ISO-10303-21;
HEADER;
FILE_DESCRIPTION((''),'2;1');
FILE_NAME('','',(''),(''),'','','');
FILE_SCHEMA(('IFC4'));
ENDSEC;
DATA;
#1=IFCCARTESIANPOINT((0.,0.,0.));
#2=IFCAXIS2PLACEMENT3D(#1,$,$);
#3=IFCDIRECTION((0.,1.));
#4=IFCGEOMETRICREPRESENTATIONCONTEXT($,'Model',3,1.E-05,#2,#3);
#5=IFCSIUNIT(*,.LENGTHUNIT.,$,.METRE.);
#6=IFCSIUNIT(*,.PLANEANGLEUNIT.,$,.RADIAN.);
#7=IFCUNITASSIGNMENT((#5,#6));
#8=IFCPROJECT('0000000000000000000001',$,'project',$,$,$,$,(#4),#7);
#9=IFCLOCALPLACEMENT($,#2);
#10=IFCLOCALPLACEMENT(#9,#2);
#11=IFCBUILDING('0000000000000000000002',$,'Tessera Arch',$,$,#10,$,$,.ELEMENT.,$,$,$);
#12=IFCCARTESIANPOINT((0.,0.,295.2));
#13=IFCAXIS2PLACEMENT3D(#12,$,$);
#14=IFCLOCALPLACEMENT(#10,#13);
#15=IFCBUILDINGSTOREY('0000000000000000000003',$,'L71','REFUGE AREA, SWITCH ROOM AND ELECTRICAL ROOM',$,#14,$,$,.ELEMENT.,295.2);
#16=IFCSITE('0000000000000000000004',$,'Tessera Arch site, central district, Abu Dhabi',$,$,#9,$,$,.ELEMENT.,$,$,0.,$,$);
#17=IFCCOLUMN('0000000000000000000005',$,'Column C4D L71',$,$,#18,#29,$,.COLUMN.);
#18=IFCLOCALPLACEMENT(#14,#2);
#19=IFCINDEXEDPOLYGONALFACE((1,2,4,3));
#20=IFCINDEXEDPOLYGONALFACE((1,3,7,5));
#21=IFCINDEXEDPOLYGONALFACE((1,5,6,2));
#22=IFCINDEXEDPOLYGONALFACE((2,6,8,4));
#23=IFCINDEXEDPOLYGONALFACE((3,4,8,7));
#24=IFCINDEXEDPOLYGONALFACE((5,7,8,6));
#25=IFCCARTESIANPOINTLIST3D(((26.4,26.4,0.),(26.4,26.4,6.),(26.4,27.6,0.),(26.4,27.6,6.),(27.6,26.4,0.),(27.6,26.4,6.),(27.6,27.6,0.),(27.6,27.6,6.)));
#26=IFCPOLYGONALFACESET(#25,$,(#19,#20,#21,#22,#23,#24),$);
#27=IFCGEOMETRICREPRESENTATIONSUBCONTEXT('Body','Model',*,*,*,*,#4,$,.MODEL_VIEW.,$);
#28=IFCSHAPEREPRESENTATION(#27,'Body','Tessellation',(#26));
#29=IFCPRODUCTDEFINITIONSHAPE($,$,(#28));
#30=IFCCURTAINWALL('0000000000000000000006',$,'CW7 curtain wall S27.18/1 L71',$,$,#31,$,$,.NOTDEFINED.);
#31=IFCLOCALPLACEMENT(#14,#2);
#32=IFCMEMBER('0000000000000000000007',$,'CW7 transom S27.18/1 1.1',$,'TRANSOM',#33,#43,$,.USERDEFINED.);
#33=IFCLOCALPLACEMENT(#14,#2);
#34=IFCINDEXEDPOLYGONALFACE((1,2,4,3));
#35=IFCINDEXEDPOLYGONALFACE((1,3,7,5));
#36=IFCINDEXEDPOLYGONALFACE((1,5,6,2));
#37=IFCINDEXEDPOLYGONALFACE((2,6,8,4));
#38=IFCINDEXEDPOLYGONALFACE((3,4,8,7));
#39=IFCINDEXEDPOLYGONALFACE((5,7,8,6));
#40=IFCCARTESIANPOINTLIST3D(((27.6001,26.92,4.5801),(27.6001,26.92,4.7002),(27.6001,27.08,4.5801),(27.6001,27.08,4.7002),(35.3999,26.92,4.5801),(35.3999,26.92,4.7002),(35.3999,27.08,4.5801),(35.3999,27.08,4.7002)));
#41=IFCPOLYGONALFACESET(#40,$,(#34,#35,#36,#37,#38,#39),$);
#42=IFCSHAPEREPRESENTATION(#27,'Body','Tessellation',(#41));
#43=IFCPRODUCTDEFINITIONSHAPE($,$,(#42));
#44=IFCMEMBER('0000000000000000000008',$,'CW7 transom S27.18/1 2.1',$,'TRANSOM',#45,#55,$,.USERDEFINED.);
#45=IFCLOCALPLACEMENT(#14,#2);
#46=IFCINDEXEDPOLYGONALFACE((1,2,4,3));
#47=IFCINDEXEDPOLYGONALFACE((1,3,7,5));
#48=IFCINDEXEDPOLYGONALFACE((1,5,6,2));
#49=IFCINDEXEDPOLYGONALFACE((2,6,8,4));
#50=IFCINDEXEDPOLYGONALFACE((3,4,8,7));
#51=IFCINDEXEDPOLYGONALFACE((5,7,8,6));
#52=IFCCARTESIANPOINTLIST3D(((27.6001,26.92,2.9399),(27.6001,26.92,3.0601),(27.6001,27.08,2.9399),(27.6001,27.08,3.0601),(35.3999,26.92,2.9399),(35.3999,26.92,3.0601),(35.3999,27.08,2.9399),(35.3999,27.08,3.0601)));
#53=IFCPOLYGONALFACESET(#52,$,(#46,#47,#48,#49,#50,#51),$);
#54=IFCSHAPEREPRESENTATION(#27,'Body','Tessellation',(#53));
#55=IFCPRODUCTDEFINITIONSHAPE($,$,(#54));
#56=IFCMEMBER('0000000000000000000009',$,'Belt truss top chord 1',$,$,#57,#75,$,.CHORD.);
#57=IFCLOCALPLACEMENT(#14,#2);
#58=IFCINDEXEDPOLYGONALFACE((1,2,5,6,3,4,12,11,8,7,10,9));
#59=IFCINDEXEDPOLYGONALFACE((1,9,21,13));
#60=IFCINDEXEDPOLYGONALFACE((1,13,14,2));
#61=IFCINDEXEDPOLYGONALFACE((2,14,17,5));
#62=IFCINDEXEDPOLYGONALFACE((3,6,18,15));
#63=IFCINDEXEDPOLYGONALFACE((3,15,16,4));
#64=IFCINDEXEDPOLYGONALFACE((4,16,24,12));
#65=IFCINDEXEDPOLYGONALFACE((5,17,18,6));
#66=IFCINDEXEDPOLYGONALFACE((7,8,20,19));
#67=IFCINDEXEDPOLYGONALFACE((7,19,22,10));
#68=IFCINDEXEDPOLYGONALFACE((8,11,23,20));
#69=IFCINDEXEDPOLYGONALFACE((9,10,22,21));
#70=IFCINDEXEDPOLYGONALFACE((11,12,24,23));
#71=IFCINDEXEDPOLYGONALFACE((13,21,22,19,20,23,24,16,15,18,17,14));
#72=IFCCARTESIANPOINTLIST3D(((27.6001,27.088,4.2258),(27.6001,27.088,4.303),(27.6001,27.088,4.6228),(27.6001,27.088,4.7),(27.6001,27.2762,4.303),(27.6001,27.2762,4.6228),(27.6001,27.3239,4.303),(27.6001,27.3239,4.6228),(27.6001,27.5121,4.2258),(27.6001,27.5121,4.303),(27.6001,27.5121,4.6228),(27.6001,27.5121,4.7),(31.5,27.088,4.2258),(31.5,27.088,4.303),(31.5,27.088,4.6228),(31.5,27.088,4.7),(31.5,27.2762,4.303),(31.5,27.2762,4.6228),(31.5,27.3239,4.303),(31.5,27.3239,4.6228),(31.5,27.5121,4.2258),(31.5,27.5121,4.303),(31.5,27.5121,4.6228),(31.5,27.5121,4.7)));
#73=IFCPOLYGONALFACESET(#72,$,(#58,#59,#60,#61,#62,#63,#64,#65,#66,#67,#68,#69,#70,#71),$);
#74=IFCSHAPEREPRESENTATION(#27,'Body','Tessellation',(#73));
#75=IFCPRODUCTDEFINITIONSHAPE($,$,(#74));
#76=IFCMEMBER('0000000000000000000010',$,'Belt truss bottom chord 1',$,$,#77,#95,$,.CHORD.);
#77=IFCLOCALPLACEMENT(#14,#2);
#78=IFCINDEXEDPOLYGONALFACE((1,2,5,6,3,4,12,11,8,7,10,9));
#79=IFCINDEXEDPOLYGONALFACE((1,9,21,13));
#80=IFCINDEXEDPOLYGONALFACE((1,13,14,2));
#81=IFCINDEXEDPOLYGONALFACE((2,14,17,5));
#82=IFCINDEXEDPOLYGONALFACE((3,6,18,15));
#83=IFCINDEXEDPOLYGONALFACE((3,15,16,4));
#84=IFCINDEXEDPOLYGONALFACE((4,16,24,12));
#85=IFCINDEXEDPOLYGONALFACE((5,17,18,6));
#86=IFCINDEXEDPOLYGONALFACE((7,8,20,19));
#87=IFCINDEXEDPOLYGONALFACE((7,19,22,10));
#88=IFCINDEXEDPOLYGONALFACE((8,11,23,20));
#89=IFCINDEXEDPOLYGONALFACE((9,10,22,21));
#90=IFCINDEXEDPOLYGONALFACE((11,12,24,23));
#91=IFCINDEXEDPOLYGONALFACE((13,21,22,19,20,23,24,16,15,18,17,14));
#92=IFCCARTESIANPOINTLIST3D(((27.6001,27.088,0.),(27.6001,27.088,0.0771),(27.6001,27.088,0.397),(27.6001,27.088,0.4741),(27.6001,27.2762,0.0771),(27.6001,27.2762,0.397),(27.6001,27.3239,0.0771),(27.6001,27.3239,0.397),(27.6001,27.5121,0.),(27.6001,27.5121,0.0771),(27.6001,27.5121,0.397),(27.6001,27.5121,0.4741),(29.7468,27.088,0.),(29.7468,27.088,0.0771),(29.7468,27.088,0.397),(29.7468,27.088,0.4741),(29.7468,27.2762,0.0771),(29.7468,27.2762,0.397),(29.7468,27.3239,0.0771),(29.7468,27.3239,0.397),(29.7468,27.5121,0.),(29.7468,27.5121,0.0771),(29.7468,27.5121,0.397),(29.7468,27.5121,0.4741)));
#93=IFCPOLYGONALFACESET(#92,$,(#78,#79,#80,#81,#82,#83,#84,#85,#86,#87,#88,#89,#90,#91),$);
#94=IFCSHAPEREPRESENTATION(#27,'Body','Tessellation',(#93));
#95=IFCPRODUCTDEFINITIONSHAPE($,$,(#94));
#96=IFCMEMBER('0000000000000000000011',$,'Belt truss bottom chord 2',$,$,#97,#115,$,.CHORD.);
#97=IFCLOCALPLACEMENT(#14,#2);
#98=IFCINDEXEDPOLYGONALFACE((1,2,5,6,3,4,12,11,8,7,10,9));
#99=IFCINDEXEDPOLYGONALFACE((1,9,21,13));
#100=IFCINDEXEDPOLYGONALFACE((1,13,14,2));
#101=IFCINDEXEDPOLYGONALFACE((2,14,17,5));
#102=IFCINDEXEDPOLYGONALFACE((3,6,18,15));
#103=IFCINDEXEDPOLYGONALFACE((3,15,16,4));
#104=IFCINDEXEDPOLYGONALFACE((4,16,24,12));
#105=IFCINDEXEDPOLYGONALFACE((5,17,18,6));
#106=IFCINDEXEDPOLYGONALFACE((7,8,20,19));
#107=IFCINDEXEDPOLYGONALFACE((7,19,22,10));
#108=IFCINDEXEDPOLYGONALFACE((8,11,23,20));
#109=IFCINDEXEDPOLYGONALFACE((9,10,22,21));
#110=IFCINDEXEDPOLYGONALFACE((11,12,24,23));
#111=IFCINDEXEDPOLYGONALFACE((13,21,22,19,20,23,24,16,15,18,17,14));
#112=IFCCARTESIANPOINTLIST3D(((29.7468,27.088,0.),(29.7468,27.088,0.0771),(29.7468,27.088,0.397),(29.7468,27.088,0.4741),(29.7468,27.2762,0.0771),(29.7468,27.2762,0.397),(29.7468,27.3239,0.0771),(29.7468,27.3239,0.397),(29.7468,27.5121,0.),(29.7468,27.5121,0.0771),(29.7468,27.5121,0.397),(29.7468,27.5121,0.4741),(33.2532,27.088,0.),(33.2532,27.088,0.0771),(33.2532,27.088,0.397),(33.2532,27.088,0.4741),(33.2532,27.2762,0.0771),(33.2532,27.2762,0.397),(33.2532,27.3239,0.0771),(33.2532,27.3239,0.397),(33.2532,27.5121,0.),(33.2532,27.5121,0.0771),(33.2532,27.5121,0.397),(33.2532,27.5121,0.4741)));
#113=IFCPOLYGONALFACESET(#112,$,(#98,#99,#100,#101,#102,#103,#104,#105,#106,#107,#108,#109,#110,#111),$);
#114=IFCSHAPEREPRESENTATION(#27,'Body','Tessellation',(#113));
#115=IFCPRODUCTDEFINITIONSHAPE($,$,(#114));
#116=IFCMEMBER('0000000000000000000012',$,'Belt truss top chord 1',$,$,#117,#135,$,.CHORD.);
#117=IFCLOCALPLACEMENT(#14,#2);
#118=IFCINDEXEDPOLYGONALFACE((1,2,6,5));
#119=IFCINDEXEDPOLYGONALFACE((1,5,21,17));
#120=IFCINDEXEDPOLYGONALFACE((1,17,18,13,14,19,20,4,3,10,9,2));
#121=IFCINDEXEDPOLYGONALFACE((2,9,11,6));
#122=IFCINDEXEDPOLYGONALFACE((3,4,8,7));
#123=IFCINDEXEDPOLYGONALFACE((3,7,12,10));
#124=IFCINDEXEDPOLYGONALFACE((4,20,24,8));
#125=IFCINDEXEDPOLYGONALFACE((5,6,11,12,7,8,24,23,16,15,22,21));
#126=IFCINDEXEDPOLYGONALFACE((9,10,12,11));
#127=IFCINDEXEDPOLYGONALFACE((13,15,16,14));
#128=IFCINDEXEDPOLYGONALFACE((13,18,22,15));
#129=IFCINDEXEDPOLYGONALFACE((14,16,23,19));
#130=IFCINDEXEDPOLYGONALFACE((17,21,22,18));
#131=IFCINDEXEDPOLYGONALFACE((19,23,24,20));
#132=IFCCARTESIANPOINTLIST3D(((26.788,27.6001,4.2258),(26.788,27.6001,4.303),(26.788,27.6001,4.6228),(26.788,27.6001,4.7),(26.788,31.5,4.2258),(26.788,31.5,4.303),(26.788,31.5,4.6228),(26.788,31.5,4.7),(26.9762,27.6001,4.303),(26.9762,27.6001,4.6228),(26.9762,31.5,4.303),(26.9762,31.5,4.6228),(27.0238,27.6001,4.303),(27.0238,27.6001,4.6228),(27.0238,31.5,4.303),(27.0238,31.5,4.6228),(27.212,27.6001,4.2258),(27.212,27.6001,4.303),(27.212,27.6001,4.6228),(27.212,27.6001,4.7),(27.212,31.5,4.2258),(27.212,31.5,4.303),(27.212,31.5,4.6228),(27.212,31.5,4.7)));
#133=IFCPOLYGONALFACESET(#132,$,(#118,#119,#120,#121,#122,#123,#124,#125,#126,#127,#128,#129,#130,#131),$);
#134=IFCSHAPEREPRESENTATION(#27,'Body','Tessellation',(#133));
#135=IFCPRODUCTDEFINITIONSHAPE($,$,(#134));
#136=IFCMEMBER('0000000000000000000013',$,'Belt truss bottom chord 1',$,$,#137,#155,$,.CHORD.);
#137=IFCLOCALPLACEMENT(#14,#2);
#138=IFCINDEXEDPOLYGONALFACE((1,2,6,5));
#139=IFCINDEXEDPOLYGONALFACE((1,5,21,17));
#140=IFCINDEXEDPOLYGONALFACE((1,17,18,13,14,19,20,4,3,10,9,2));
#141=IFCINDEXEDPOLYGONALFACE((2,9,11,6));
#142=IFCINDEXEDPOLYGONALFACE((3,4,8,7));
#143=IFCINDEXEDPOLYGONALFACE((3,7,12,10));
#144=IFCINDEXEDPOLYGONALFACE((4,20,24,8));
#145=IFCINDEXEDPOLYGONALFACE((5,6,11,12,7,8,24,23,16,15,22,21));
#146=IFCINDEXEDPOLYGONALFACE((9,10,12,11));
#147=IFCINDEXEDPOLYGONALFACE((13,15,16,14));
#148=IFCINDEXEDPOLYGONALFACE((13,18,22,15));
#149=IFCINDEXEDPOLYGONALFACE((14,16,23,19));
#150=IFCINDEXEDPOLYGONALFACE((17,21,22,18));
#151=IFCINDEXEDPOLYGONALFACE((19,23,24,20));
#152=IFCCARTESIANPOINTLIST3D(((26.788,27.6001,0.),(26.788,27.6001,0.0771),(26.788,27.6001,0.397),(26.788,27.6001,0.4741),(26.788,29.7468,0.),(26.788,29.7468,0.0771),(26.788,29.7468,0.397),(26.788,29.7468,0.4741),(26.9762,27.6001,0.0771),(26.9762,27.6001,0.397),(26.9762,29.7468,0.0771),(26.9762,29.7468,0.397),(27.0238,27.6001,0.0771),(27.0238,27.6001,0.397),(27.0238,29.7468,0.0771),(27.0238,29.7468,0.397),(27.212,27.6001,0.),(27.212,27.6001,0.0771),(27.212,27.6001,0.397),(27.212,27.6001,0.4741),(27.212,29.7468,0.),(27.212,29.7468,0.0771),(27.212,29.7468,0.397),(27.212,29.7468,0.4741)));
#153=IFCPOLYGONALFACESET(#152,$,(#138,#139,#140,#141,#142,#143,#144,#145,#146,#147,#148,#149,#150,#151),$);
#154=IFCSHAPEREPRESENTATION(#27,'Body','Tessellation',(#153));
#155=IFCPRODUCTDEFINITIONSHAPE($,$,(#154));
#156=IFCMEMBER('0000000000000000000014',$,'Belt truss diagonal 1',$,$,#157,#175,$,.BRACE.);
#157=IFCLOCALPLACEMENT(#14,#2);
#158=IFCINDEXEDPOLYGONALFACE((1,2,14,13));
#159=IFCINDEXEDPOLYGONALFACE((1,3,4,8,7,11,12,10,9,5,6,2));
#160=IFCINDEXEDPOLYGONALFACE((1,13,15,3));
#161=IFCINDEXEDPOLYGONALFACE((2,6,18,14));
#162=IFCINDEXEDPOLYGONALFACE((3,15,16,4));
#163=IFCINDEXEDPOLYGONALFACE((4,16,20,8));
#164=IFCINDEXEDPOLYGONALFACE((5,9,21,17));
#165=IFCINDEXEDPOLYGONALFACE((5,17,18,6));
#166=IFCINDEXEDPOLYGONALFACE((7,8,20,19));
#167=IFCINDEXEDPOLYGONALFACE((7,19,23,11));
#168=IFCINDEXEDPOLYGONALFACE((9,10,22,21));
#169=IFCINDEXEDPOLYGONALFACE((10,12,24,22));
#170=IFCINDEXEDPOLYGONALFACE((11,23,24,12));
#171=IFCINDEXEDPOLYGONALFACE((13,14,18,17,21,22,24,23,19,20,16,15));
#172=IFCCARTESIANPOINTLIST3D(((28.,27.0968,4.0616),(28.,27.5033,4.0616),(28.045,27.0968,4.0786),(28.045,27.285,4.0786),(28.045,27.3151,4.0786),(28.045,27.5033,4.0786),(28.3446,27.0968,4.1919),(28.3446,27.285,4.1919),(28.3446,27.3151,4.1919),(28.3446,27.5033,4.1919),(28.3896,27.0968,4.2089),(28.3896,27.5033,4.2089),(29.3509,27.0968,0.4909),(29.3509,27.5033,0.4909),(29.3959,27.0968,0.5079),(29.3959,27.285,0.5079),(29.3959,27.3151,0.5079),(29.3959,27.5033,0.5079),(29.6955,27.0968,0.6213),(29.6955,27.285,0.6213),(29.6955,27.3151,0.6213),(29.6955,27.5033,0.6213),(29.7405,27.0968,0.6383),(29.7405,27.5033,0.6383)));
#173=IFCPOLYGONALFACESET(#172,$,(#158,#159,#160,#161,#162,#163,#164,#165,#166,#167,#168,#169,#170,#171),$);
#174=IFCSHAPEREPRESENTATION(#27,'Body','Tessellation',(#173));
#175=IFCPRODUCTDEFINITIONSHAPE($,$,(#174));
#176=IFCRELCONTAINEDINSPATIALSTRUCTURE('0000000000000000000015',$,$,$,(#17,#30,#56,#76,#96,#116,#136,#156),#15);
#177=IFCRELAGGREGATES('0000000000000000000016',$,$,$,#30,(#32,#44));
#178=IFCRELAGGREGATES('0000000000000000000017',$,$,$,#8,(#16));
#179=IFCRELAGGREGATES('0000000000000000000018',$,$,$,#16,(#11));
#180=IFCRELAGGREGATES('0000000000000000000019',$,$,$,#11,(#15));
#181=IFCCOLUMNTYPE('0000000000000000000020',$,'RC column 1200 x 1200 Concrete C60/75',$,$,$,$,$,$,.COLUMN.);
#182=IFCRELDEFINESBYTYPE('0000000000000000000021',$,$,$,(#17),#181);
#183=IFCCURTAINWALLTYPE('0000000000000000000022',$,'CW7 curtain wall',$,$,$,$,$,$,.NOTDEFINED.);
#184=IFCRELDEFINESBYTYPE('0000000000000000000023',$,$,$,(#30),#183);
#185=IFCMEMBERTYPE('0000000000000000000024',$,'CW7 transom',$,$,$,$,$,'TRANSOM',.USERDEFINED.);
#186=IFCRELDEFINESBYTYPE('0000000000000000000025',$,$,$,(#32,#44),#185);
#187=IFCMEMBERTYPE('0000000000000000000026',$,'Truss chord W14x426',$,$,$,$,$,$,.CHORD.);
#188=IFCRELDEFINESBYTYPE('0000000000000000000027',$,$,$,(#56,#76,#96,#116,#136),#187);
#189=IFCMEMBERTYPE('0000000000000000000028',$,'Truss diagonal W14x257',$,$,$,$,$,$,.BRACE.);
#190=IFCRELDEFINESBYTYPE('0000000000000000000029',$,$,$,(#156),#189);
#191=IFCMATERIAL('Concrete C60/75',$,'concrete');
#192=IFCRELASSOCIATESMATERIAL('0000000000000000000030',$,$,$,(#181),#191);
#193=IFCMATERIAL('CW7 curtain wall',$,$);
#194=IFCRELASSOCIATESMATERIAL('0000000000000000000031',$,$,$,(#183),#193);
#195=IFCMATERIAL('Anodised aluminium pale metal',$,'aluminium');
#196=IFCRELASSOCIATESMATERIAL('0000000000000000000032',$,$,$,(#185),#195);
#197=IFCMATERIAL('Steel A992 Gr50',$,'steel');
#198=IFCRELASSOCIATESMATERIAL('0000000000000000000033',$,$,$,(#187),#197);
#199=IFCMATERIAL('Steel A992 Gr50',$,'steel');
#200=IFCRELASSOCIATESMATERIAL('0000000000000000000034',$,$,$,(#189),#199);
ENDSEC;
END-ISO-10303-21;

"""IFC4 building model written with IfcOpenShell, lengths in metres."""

from ifc_helpers import new_model, si_unit, direction, frame, origin, origin_2d, place, context, subcontext, project, spatial, rectangle, i_section, extrude, material, material_profile, profile_set, type_object, element, aggregate, save


model = new_model("IFC4")

# Units and contexts
model_context = context("Model", 3, precision=1e-05, world=origin(), true_north=direction((0.0, 1.0)))
body_context = subcontext(model_context, "Body", "Model", "MODEL_VIEW")
ifc_project = project(units=[si_unit("LENGTHUNIT", "METRE"), si_unit("PLANEANGLEUNIT", "RADIAN")], contexts=[model_context])

# Site, building, storey
site_placement = place(None, origin())
site = spatial("IfcSite", under=ifc_project, at=site_placement, Name="Tessera Arch site, central district, Abu Dhabi", CompositionType="ELEMENT", RefElevation=0.0)
building_placement = place(site_placement, origin())
building = spatial("IfcBuilding", under=site, at=building_placement, Name="Tessera Arch", CompositionType="ELEMENT")
storey_placement = place(building_placement, frame((0.0, 0.0, 295.2)))
storey = spatial("IfcBuildingStorey", under=building, at=storey_placement, Name="L71", Description="REFUGE AREA, SWITCH ROOM AND ELECTRICAL ROOM", CompositionType="ELEMENT", Elevation=295.2)

# Column
ifc_material_1 = material(Name="Concrete C60/75", Category="concrete")
ifc_material_profile_1 = material_profile(ifc_material_1, rectangle(XDim=1.2, YDim=1.2, at=origin_2d()), Name="RC column 1200 x 1200 Concrete C60/75")
ifc_profile_set_1 = profile_set([ifc_material_profile_1], Name="Concrete C60/75")
column_type = type_object("IfcColumnType", Name="RC column 1200 x 1200 Concrete C60/75", PredefinedType="COLUMN", material=ifc_profile_set_1)
column_placement = place(storey_placement, frame((27.0, 27.0, 0.0), z_axis=(0.0, 0.0, 1.0), x_axis=(1.0, 0.0, 0.0)))
element("IfcColumn", 1, at=column_placement, inside=storey, type_object=column_type, Name="Column C4D L71", PredefinedType="COLUMN", context=body_context, shape_type="SweptSolid", body=[
    extrude(rectangle(XDim=1.2, YDim=1.2, at=origin_2d()), origin(), (0.0, 0.0, 1.0), 6.0),
])

# Curtain wall, members
ifc_material_2 = material(Name="CW7 curtain wall")
curtain_wall_type = type_object("IfcCurtainWallType", Name="CW7 curtain wall", PredefinedType="NOTDEFINED", material=ifc_material_2)
curtain_wall_placement = place(storey_placement, origin())
curtain_wall = element("IfcCurtainWall", 2, at=curtain_wall_placement, inside=storey, type_object=curtain_wall_type, Name="CW7 curtain wall S27.18/1 L71", PredefinedType="NOTDEFINED")
ifc_material_3 = material(Name="Anodised aluminium pale metal", Category="aluminium")
ifc_material_profile_2 = material_profile(ifc_material_3, rectangle(XDim=0.1599, YDim=0.1201, at=origin_2d()), Name="AL 160x120")
ifc_profile_set_2 = profile_set([ifc_material_profile_2], Name="Anodised aluminium pale metal")
member_type_1 = type_object("IfcMemberType", Name="CW7 transom", ElementType="TRANSOM", PredefinedType="USERDEFINED", material=ifc_profile_set_2)
member_1_placement = place(storey_placement, frame((27.6001, 27.0, 4.6401), z_axis=(1.0, 0.0, 0.0), x_axis=(0.0, 1.0, 0.0)))
member_1 = element("IfcMember", 3, at=member_1_placement, type_object=member_type_1, Name="CW7 transom S27.18/1 1.1", ObjectType="TRANSOM", PredefinedType="USERDEFINED", context=body_context, shape_type="SweptSolid", body=[
    extrude(rectangle(XDim=0.1599, YDim=0.1201, at=origin_2d()), origin(), (0.0, 0.0, 1.0), 7.7998),
])
member_2_placement = place(storey_placement, frame((27.6001, 27.0, 3.0), z_axis=(1.0, 0.0, 0.0), x_axis=(0.0, 1.0, 0.0)))
member_2 = element("IfcMember", 4, at=member_2_placement, type_object=member_type_1, Name="CW7 transom S27.18/1 2.1", ObjectType="TRANSOM", PredefinedType="USERDEFINED", context=body_context, shape_type="SweptSolid", body=[
    extrude(rectangle(XDim=0.1599, YDim=0.1201, at=origin_2d()), origin(), (0.0, 0.0, 1.0), 7.7998),
])

# Members
ifc_material_4 = material(Name="Steel A992 Gr50", Category="steel")
ifc_material_profile_3 = material_profile(ifc_material_4, i_section(OverallWidth=0.4241, OverallDepth=0.4741, WebThickness=0.0476, FlangeThickness=0.0771, at=origin_2d()), Name="W14x426")
ifc_profile_set_3 = profile_set([ifc_material_profile_3], Name="Steel A992 Gr50")
member_type_2 = type_object("IfcMemberType", Name="Truss chord W14x426", PredefinedType="CHORD", material=ifc_profile_set_3)
member_3_placement = place(storey_placement, frame((27.6001, 27.3, 4.4629), z_axis=(1.0, 0.0, 0.0), x_axis=(0.0, 1.0, 0.0)))
element("IfcMember", 5, at=member_3_placement, inside=storey, type_object=member_type_2, Name="Belt truss top chord 1", PredefinedType="CHORD", context=body_context, shape_type="SweptSolid", body=[
    extrude(i_section(OverallWidth=0.4241, OverallDepth=0.4741, WebThickness=0.0476, FlangeThickness=0.0771, at=origin_2d()), origin(), (0.0, 0.0, 1.0), 3.8999),
])
member_4_placement = place(storey_placement, frame((27.6001, 27.3, 0.2371), z_axis=(1.0, 0.0, 0.0), x_axis=(0.0, 1.0, 0.0)))
element("IfcMember", 6, at=member_4_placement, inside=storey, type_object=member_type_2, Name="Belt truss bottom chord 1", PredefinedType="CHORD", context=body_context, shape_type="SweptSolid", body=[
    extrude(i_section(OverallWidth=0.4241, OverallDepth=0.4741, WebThickness=0.0476, FlangeThickness=0.0771, at=origin_2d()), origin(), (0.0, 0.0, 1.0), 2.1467),
])
member_5_placement = place(storey_placement, frame((29.7468, 27.3, 0.2371), z_axis=(1.0, 0.0, 0.0), x_axis=(0.0, 1.0, 0.0)))
element("IfcMember", 7, at=member_5_placement, inside=storey, type_object=member_type_2, Name="Belt truss bottom chord 2", PredefinedType="CHORD", context=body_context, shape_type="SweptSolid", body=[
    extrude(i_section(OverallWidth=0.4241, OverallDepth=0.4741, WebThickness=0.0476, FlangeThickness=0.0771, at=origin_2d()), origin(), (0.0, 0.0, 1.0), 3.5063),
])
member_6_placement = place(storey_placement, frame((27.0, 27.6001, 4.4629), z_axis=(0.0, 1.0, 0.0), x_axis=(-1.0, 0.0, 0.0)))
element("IfcMember", 8, at=member_6_placement, inside=storey, type_object=member_type_2, Name="Belt truss top chord 1", PredefinedType="CHORD", context=body_context, shape_type="SweptSolid", body=[
    extrude(i_section(OverallWidth=0.4241, OverallDepth=0.4741, WebThickness=0.0476, FlangeThickness=0.0771, at=origin_2d()), origin(), (0.0, 0.0, 1.0), 3.8999),
])
member_7_placement = place(storey_placement, frame((27.0, 27.6001, 0.2371), z_axis=(0.0, 1.0, 0.0), x_axis=(-1.0, 0.0, 0.0)))
element("IfcMember", 9, at=member_7_placement, inside=storey, type_object=member_type_2, Name="Belt truss bottom chord 1", PredefinedType="CHORD", context=body_context, shape_type="SweptSolid", body=[
    extrude(i_section(OverallWidth=0.4241, OverallDepth=0.4741, WebThickness=0.0476, FlangeThickness=0.0771, at=origin_2d()), origin(), (0.0, 0.0, 1.0), 2.1467),
])
ifc_material_5 = material(Name="Steel A992 Gr50", Category="steel")
ifc_material_profile_4 = material_profile(ifc_material_5, i_section(OverallWidth=0.4065, OverallDepth=0.4165, WebThickness=0.03, FlangeThickness=0.0481, at=origin_2d()), Name="W14x257")
ifc_profile_set_4 = profile_set([ifc_material_profile_4], Name="Steel A992 Gr50")
member_type_3 = type_object("IfcMemberType", Name="Truss diagonal W14x257", PredefinedType="BRACE", material=ifc_profile_set_4)
member_8_placement = place(storey_placement, frame((28.1948, 27.3, 4.1353), z_axis=(0.353848, 0.0, -0.935303), x_axis=(0.0, 1.0, 0.0)))
element("IfcMember", 10, at=member_8_placement, inside=storey, type_object=member_type_3, Name="Belt truss diagonal 1", PredefinedType="BRACE", context=body_context, shape_type="SweptSolid", body=[
    extrude(i_section(OverallWidth=0.4065, OverallDepth=0.4165, WebThickness=0.03, FlangeThickness=0.0481, at=origin_2d()), origin(), (0.0, 0.0, 1.0), 3.8176),
])

aggregate(curtain_wall, [member_1, member_2])

save(model, "model.ifc")
